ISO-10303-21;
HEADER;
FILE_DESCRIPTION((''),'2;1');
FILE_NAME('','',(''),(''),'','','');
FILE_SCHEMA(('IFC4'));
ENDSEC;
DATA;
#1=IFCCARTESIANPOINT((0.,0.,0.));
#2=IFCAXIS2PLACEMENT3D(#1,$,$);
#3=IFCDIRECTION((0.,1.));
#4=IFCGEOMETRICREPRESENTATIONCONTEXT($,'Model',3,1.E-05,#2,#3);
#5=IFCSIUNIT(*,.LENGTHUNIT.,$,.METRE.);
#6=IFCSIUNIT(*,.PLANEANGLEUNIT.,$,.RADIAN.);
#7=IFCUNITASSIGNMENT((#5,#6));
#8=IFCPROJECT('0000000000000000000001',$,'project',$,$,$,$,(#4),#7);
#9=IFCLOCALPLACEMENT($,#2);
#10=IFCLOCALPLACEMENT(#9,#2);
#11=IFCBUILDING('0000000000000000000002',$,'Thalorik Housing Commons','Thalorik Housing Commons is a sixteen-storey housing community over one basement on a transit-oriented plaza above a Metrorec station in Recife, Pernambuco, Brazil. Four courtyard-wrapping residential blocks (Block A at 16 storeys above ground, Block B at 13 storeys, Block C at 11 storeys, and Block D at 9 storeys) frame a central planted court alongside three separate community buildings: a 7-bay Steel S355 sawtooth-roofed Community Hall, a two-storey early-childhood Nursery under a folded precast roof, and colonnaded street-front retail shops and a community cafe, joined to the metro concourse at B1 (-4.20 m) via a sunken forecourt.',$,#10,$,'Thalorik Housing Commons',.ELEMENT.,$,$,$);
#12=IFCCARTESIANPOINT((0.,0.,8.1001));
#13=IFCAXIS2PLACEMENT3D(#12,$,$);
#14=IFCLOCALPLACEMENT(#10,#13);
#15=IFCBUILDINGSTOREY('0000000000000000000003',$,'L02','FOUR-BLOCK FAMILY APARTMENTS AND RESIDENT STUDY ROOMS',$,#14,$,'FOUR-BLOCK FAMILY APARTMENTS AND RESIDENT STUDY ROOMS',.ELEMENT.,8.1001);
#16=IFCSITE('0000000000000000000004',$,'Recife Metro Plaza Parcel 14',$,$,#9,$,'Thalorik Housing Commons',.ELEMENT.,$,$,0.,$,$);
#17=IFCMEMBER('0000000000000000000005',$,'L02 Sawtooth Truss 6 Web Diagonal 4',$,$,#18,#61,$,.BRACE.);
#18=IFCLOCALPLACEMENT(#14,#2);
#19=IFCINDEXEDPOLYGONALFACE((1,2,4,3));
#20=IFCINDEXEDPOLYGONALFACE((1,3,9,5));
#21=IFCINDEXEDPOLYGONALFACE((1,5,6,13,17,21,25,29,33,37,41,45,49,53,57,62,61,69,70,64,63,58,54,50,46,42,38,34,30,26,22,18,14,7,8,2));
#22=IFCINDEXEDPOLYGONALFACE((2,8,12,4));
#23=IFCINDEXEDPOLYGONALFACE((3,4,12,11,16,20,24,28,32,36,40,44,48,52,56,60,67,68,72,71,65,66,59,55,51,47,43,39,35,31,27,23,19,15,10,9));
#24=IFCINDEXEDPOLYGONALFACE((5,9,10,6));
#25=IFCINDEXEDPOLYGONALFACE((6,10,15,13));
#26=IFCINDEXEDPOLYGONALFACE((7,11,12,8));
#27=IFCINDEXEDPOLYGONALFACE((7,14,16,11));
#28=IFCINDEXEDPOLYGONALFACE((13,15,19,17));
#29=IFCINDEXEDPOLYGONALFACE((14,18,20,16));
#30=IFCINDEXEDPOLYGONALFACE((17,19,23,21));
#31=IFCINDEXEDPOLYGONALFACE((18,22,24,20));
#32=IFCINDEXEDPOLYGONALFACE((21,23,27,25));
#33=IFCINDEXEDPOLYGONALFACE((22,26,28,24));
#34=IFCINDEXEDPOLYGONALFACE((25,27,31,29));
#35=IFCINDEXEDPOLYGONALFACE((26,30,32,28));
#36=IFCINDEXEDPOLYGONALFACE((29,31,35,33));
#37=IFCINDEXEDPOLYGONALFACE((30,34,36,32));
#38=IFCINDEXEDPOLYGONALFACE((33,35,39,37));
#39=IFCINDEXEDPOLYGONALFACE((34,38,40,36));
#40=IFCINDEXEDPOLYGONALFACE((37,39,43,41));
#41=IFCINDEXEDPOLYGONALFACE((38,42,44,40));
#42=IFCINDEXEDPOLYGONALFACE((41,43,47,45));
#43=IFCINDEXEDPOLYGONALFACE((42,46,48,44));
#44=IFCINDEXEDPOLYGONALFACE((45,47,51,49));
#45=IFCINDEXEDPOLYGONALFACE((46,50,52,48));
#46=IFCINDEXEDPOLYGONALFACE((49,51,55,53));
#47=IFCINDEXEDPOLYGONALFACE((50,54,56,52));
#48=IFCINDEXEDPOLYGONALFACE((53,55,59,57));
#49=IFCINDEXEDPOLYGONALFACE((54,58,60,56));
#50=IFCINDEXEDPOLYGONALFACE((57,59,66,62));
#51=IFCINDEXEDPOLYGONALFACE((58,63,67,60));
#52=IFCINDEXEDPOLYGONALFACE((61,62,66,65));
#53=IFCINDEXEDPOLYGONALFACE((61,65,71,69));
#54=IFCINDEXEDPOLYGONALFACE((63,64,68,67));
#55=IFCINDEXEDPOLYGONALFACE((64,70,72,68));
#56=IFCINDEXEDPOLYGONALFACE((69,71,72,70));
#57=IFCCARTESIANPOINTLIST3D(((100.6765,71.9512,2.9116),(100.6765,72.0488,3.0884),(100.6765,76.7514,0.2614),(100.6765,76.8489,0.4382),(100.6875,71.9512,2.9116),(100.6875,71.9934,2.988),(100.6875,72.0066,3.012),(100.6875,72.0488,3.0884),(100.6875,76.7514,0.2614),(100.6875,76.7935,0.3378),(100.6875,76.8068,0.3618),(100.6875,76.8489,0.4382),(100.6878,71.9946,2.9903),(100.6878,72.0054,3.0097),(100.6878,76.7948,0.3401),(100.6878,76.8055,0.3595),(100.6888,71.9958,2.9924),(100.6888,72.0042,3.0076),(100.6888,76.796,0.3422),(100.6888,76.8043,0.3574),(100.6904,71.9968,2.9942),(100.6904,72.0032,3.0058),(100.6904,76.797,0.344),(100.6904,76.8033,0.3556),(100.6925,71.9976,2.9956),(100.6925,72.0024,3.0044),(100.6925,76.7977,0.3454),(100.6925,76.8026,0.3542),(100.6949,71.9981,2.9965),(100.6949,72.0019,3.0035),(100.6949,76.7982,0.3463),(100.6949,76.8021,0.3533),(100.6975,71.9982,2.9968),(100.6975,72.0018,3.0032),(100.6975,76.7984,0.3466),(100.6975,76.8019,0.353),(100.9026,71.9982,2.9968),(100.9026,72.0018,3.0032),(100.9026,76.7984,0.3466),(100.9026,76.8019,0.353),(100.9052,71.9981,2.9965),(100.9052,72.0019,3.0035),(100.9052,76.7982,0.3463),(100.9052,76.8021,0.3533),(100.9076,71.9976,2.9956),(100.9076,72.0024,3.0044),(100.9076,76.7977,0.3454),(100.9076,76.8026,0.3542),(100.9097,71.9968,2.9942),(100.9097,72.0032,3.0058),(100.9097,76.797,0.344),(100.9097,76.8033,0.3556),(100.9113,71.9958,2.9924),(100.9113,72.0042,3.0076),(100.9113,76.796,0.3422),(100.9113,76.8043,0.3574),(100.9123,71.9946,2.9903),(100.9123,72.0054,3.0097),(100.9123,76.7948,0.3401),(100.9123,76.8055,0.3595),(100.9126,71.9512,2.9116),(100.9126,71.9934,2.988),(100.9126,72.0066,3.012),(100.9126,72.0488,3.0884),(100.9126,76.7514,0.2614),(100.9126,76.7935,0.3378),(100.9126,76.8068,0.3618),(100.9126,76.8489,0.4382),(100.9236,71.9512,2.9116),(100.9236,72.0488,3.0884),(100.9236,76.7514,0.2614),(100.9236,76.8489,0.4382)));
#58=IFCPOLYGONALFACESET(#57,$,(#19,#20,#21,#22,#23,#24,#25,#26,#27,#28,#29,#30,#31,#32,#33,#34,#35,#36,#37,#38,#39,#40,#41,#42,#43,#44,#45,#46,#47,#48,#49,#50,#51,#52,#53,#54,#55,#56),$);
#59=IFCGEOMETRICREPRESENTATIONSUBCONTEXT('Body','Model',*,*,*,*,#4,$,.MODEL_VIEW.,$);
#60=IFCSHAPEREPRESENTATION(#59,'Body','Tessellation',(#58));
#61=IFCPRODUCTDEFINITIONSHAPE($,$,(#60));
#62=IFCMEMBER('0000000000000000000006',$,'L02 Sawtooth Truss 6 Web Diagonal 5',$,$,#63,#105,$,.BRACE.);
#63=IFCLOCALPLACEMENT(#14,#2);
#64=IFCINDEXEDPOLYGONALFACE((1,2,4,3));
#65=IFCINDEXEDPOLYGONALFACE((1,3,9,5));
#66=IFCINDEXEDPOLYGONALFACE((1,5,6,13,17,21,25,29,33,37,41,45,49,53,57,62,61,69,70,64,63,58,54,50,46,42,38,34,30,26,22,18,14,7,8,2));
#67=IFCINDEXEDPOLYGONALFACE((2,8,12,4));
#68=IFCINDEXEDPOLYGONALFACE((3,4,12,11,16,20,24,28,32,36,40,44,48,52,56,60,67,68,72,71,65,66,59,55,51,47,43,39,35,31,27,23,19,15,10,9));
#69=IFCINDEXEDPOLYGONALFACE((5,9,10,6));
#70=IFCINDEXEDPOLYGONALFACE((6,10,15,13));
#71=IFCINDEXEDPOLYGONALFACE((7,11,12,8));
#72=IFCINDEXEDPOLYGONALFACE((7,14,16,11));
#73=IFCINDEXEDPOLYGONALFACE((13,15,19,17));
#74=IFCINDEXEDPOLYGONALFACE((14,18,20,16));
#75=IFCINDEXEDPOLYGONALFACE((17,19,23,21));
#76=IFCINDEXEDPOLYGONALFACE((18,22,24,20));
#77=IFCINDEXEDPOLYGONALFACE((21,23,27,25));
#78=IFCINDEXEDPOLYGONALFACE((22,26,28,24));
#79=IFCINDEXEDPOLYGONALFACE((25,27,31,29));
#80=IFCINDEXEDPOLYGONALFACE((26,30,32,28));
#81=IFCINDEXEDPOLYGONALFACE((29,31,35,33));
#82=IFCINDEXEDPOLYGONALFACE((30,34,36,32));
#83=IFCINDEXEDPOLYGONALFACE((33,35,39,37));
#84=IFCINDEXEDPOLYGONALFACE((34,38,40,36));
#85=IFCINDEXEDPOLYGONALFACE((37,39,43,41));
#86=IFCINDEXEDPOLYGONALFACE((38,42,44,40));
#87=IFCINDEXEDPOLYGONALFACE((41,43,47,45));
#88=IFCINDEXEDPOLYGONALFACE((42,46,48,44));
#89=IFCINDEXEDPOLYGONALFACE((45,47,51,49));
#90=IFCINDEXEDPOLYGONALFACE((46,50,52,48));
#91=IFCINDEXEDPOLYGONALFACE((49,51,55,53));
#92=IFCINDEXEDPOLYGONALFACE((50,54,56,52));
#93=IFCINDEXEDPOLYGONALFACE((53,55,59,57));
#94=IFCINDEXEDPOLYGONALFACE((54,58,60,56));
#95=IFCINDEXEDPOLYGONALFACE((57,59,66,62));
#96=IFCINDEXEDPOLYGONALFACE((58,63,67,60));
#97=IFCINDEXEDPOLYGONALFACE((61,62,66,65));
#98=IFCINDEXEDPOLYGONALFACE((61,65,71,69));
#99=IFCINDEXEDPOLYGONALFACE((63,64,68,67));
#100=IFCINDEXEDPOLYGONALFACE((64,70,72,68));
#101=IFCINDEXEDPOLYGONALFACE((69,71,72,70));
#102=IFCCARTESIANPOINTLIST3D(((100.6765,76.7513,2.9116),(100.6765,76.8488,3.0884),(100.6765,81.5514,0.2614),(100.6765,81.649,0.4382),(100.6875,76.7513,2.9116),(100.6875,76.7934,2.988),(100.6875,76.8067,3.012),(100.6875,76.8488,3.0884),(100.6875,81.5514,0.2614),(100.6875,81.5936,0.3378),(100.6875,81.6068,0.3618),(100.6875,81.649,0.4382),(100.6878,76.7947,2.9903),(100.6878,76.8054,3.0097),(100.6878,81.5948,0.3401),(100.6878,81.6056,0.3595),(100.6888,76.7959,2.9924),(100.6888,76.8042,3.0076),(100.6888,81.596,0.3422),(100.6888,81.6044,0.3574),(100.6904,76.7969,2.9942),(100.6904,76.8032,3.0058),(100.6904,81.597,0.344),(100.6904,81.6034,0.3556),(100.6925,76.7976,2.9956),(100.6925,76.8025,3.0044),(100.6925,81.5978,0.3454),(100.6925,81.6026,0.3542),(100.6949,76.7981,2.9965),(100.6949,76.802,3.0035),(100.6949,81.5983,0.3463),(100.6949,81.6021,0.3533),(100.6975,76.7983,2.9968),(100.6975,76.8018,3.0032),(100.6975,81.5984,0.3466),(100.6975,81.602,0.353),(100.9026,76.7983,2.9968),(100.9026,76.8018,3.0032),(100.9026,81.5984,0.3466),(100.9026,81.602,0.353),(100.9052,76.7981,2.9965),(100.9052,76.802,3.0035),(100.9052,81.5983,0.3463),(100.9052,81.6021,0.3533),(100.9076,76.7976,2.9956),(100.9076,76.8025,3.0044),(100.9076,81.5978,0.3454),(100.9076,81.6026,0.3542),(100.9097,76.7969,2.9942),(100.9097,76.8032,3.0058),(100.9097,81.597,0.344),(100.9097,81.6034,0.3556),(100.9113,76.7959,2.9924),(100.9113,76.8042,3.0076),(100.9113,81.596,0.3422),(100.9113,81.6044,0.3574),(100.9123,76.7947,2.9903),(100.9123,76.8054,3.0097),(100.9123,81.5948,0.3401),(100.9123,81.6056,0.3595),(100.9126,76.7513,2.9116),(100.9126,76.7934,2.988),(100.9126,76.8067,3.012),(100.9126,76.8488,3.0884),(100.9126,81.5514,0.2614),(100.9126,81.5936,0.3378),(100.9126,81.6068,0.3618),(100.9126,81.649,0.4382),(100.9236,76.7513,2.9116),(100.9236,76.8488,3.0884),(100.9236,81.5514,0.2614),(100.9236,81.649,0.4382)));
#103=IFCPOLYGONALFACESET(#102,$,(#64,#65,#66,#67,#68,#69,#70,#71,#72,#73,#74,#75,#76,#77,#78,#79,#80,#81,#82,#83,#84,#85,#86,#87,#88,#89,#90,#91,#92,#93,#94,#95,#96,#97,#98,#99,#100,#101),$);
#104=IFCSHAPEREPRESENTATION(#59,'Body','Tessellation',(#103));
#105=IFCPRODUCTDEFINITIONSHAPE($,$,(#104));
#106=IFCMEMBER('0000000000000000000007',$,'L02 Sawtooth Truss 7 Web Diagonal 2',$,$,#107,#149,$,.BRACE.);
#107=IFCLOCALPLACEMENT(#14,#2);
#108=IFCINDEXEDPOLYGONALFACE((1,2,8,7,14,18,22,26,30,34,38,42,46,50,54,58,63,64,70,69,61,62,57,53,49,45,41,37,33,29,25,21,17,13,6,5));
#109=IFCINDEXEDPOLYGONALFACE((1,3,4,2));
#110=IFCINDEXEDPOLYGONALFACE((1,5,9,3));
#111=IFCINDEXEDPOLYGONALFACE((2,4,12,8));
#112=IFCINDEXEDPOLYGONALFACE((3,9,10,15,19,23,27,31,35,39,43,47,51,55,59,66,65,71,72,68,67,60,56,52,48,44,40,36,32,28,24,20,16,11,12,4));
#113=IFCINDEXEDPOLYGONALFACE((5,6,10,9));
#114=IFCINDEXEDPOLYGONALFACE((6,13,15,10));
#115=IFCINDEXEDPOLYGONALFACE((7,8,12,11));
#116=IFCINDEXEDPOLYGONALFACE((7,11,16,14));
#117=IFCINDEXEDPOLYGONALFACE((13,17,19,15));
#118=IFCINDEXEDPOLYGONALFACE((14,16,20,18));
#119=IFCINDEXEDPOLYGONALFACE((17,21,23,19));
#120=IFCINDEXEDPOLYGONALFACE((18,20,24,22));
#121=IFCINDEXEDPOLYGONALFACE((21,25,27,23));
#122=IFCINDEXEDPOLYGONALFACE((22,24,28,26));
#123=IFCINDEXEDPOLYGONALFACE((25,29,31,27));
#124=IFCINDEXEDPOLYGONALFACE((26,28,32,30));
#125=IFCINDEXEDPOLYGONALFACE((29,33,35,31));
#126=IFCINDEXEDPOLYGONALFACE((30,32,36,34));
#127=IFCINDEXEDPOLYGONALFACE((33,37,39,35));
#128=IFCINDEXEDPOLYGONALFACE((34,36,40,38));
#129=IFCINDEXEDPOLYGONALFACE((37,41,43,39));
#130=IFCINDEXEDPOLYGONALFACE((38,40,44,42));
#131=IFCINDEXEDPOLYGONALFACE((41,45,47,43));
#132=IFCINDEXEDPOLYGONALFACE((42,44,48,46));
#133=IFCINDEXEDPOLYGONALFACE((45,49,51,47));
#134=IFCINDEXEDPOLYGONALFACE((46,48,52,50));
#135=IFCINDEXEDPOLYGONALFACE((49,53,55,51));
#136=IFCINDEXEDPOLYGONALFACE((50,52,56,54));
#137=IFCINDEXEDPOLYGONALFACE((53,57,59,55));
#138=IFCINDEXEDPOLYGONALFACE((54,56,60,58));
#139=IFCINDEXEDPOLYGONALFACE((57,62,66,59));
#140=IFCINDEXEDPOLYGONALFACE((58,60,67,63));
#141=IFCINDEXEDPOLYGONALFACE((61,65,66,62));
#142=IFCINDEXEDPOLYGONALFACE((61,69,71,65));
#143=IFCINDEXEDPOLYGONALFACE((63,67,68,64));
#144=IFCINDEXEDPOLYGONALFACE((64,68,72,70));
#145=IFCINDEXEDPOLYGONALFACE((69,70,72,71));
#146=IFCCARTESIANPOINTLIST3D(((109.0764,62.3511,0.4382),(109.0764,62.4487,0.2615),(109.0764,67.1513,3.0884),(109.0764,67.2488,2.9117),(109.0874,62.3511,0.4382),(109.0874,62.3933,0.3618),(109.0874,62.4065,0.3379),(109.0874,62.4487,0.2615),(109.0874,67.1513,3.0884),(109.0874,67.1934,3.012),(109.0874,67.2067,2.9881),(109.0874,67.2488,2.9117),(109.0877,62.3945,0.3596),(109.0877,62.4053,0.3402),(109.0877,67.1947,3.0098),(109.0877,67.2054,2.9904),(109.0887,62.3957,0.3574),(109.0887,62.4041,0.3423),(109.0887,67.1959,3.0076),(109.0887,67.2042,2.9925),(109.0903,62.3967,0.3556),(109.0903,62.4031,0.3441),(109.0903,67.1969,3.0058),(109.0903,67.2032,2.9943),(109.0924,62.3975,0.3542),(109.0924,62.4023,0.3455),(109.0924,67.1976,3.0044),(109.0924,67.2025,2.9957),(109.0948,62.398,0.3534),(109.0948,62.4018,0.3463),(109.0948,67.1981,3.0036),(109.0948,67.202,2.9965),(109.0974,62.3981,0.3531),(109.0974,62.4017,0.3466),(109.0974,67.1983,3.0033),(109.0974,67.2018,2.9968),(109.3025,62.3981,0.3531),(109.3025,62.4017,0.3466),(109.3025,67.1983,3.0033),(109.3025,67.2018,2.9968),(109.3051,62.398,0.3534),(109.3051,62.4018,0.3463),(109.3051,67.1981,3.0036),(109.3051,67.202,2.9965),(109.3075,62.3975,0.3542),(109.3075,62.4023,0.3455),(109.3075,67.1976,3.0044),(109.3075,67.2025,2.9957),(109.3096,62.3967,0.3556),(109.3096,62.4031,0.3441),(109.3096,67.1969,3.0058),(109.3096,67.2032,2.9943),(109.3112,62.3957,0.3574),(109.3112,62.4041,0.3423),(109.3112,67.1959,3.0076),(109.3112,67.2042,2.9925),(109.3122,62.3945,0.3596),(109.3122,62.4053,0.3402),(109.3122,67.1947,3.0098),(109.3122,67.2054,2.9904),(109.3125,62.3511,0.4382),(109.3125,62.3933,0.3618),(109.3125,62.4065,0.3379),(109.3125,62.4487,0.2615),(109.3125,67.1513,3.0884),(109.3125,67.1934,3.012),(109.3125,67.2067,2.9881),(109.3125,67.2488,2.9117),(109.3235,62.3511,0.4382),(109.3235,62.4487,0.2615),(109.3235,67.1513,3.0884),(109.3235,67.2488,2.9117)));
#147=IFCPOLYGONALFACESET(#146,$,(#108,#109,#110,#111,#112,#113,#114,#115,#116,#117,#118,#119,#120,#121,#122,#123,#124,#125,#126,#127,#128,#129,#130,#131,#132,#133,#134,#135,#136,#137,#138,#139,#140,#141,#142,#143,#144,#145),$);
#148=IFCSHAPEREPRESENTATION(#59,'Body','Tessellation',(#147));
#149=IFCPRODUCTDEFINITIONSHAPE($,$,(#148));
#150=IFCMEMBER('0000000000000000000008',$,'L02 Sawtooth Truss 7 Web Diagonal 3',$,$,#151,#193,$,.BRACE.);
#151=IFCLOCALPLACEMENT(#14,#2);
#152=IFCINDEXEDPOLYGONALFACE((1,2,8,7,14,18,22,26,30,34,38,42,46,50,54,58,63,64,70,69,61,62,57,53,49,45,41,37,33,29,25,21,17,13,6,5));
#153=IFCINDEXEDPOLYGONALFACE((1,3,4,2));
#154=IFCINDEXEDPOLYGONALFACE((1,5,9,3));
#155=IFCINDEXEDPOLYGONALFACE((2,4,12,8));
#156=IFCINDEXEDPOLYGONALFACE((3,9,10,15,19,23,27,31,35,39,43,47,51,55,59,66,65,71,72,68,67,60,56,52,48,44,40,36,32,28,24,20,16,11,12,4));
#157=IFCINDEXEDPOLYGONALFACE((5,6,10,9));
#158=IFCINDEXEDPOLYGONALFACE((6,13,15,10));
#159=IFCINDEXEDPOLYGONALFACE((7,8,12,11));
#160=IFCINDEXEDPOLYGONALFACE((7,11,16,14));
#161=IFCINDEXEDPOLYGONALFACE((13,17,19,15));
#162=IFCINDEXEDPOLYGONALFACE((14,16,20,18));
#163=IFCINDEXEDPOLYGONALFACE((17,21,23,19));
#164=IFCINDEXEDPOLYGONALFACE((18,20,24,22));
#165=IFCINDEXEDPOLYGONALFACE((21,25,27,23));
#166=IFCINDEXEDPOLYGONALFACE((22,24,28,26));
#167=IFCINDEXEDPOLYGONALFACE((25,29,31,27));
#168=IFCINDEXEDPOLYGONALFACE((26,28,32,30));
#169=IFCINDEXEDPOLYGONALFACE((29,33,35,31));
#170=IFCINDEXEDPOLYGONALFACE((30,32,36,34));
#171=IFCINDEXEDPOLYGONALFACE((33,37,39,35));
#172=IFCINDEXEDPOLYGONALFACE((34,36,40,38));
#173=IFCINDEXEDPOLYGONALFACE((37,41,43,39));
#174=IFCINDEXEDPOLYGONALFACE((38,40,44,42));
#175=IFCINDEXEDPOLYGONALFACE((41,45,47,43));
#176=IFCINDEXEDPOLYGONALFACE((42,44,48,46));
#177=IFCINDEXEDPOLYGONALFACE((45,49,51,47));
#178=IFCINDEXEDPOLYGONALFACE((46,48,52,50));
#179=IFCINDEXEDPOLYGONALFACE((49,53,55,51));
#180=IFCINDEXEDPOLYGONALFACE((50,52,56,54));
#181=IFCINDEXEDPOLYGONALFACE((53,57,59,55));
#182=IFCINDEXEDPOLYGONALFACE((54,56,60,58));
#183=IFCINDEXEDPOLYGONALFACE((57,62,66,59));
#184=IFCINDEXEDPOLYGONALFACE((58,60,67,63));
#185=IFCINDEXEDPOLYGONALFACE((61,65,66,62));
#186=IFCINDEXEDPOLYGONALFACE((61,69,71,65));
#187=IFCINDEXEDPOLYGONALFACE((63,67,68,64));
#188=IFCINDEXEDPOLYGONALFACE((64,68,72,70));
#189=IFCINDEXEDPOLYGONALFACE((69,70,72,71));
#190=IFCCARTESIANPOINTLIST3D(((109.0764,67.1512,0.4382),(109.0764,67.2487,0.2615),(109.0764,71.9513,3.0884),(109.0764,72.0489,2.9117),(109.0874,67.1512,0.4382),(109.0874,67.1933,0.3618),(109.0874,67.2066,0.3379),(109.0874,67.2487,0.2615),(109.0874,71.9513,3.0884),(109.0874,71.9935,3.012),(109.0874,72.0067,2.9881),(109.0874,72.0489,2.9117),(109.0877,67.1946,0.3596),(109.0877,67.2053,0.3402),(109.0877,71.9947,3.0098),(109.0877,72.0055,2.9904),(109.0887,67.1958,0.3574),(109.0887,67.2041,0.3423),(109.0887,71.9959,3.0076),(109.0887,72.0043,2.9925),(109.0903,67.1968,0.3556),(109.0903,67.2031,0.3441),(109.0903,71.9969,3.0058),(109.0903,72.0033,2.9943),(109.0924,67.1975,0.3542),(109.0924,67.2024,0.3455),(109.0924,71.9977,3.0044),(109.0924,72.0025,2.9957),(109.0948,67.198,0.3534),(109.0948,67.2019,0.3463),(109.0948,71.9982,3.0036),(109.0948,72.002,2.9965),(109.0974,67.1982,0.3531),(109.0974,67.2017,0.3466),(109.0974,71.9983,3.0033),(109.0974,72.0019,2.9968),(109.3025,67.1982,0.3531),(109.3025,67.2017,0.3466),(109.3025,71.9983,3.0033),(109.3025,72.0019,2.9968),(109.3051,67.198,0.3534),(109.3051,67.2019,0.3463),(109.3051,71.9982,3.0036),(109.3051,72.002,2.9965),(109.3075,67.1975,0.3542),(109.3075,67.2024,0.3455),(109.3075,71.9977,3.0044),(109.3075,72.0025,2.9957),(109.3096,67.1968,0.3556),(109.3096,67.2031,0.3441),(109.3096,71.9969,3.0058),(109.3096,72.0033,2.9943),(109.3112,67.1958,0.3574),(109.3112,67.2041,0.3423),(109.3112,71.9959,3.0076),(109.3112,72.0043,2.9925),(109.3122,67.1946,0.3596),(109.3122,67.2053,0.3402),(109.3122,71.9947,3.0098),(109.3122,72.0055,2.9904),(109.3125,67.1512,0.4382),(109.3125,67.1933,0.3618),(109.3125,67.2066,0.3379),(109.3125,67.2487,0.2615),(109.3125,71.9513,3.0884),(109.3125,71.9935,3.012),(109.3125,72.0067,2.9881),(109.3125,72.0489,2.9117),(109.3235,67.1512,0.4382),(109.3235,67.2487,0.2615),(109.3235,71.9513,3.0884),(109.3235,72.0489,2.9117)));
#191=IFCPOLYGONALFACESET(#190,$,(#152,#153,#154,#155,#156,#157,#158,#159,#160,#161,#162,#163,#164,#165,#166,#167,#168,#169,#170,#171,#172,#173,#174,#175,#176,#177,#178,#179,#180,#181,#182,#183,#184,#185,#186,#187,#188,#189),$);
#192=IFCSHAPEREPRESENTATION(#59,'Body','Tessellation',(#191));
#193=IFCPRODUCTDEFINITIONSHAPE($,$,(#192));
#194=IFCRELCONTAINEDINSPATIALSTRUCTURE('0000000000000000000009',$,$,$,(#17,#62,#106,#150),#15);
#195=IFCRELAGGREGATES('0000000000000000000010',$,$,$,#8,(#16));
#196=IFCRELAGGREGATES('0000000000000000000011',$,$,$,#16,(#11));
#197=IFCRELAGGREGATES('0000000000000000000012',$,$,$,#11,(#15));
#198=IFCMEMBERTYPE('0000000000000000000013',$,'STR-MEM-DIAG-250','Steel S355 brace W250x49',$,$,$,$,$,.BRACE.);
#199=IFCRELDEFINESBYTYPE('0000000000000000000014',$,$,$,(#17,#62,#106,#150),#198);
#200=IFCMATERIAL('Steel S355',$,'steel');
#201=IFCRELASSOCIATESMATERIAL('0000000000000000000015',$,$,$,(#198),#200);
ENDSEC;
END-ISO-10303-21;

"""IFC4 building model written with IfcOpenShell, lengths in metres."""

from ifc_helpers import new_model, si_unit, direction, frame, origin, origin_2d, place, context, subcontext, project, spatial, i_section, extrude, material, material_profile, profile_set, type_object, element, save


model = new_model("IFC4")

# Units and contexts
model_context = context("Model", 3, precision=1e-05, world=origin(), true_north=direction((0.0, 1.0)))
body_context = subcontext(model_context, "Body", "Model", "MODEL_VIEW")
ifc_project = project(units=[si_unit("LENGTHUNIT", "METRE"), si_unit("PLANEANGLEUNIT", "RADIAN")], contexts=[model_context])

# Site, building, storey
site_placement = place(None, origin())
site = spatial("IfcSite", under=ifc_project, at=site_placement, Name="Recife Metro Plaza Parcel 14", LongName="Thalorik Housing Commons", CompositionType="ELEMENT", RefElevation=0.0)
building_placement = place(site_placement, origin())
building = spatial("IfcBuilding", under=site, at=building_placement, Name="Thalorik Housing Commons", Description="Thalorik Housing Commons is a sixteen-storey housing community over one basement on a transit-oriented plaza above a Metrorec station in Recife, Pernambuco, Brazil. Four courtyard-wrapping residential blocks (Block A at 16 storeys above ground, Block B at 13 storeys, Block C at 11 storeys, and Block D at 9 storeys) frame a central planted court alongside three separate community buildings: a 7-bay Steel S355 sawtooth-roofed Community Hall, a two-storey early-childhood Nursery under a folded precast roof, and colonnaded street-front retail shops and a community cafe, joined to the metro concourse at B1 (-4.20 m) via a sunken forecourt.", LongName="Thalorik Housing Commons", CompositionType="ELEMENT")
storey_placement = place(building_placement, frame((0.0, 0.0, 8.1001)))
storey = spatial("IfcBuildingStorey", under=building, at=storey_placement, Name="L02", Description="FOUR-BLOCK FAMILY APARTMENTS AND RESIDENT STUDY ROOMS", LongName="FOUR-BLOCK FAMILY APARTMENTS AND RESIDENT STUDY ROOMS", CompositionType="ELEMENT", Elevation=8.1001)

# Shared definitions
ifc_material_1 = material(Name="Steel S355", Category="steel")

# Members
ifc_material_profile_1 = material_profile(ifc_material_1, i_section(OverallWidth=0.2019, OverallDepth=0.2471, WebThickness=0.0073, FlangeThickness=0.011, FilletRadius=0.01, at=origin_2d()), Name="W250x49", Category="steel")
ifc_profile_set_1 = profile_set([ifc_material_profile_1], Name="Steel S355")
member_type_1 = type_object("IfcMemberType", Name="STR-MEM-DIAG-250", Description="Steel S355 brace W250x49", PredefinedType="BRACE", material=ifc_profile_set_1)
for number, where, z_axis, x_axis, name in (
    (1, (100.8, 72.0, 3.0), (0.0, 0.875435, -0.483335), (0.0, 0.483335, 0.875435), "L02 Sawtooth Truss 6 Web Diagonal 4"),
    (2, (100.8, 76.8, 3.0), (0.0, 0.875435, -0.483335), (0.0, 0.483335, 0.875435), "L02 Sawtooth Truss 6 Web Diagonal 5"),
    (3, (109.2, 62.3999, 0.3499), (0.0, 0.875435, 0.483335), (0.0, -0.483335, 0.875435), "L02 Sawtooth Truss 7 Web Diagonal 2"),
    (4, (109.2, 67.2, 0.3499), (0.0, 0.875435, 0.483335), (0.0, -0.483335, 0.875435), "L02 Sawtooth Truss 7 Web Diagonal 3"),
):
    element("IfcMember", number, at=place(storey_placement, frame(where, z_axis=z_axis, x_axis=x_axis)), inside=storey, type_object=member_type_1, Name=name, PredefinedType="BRACE", context=body_context, shape_type="SweptSolid", body=[
        extrude(i_section(OverallWidth=0.2019, OverallDepth=0.2471, WebThickness=0.0073, FlangeThickness=0.011, FilletRadius=0.01, at=origin_2d()), origin(), (0.0, 0.0, 1.0), 5.4832),
    ])

save(model, "model.ifc")
